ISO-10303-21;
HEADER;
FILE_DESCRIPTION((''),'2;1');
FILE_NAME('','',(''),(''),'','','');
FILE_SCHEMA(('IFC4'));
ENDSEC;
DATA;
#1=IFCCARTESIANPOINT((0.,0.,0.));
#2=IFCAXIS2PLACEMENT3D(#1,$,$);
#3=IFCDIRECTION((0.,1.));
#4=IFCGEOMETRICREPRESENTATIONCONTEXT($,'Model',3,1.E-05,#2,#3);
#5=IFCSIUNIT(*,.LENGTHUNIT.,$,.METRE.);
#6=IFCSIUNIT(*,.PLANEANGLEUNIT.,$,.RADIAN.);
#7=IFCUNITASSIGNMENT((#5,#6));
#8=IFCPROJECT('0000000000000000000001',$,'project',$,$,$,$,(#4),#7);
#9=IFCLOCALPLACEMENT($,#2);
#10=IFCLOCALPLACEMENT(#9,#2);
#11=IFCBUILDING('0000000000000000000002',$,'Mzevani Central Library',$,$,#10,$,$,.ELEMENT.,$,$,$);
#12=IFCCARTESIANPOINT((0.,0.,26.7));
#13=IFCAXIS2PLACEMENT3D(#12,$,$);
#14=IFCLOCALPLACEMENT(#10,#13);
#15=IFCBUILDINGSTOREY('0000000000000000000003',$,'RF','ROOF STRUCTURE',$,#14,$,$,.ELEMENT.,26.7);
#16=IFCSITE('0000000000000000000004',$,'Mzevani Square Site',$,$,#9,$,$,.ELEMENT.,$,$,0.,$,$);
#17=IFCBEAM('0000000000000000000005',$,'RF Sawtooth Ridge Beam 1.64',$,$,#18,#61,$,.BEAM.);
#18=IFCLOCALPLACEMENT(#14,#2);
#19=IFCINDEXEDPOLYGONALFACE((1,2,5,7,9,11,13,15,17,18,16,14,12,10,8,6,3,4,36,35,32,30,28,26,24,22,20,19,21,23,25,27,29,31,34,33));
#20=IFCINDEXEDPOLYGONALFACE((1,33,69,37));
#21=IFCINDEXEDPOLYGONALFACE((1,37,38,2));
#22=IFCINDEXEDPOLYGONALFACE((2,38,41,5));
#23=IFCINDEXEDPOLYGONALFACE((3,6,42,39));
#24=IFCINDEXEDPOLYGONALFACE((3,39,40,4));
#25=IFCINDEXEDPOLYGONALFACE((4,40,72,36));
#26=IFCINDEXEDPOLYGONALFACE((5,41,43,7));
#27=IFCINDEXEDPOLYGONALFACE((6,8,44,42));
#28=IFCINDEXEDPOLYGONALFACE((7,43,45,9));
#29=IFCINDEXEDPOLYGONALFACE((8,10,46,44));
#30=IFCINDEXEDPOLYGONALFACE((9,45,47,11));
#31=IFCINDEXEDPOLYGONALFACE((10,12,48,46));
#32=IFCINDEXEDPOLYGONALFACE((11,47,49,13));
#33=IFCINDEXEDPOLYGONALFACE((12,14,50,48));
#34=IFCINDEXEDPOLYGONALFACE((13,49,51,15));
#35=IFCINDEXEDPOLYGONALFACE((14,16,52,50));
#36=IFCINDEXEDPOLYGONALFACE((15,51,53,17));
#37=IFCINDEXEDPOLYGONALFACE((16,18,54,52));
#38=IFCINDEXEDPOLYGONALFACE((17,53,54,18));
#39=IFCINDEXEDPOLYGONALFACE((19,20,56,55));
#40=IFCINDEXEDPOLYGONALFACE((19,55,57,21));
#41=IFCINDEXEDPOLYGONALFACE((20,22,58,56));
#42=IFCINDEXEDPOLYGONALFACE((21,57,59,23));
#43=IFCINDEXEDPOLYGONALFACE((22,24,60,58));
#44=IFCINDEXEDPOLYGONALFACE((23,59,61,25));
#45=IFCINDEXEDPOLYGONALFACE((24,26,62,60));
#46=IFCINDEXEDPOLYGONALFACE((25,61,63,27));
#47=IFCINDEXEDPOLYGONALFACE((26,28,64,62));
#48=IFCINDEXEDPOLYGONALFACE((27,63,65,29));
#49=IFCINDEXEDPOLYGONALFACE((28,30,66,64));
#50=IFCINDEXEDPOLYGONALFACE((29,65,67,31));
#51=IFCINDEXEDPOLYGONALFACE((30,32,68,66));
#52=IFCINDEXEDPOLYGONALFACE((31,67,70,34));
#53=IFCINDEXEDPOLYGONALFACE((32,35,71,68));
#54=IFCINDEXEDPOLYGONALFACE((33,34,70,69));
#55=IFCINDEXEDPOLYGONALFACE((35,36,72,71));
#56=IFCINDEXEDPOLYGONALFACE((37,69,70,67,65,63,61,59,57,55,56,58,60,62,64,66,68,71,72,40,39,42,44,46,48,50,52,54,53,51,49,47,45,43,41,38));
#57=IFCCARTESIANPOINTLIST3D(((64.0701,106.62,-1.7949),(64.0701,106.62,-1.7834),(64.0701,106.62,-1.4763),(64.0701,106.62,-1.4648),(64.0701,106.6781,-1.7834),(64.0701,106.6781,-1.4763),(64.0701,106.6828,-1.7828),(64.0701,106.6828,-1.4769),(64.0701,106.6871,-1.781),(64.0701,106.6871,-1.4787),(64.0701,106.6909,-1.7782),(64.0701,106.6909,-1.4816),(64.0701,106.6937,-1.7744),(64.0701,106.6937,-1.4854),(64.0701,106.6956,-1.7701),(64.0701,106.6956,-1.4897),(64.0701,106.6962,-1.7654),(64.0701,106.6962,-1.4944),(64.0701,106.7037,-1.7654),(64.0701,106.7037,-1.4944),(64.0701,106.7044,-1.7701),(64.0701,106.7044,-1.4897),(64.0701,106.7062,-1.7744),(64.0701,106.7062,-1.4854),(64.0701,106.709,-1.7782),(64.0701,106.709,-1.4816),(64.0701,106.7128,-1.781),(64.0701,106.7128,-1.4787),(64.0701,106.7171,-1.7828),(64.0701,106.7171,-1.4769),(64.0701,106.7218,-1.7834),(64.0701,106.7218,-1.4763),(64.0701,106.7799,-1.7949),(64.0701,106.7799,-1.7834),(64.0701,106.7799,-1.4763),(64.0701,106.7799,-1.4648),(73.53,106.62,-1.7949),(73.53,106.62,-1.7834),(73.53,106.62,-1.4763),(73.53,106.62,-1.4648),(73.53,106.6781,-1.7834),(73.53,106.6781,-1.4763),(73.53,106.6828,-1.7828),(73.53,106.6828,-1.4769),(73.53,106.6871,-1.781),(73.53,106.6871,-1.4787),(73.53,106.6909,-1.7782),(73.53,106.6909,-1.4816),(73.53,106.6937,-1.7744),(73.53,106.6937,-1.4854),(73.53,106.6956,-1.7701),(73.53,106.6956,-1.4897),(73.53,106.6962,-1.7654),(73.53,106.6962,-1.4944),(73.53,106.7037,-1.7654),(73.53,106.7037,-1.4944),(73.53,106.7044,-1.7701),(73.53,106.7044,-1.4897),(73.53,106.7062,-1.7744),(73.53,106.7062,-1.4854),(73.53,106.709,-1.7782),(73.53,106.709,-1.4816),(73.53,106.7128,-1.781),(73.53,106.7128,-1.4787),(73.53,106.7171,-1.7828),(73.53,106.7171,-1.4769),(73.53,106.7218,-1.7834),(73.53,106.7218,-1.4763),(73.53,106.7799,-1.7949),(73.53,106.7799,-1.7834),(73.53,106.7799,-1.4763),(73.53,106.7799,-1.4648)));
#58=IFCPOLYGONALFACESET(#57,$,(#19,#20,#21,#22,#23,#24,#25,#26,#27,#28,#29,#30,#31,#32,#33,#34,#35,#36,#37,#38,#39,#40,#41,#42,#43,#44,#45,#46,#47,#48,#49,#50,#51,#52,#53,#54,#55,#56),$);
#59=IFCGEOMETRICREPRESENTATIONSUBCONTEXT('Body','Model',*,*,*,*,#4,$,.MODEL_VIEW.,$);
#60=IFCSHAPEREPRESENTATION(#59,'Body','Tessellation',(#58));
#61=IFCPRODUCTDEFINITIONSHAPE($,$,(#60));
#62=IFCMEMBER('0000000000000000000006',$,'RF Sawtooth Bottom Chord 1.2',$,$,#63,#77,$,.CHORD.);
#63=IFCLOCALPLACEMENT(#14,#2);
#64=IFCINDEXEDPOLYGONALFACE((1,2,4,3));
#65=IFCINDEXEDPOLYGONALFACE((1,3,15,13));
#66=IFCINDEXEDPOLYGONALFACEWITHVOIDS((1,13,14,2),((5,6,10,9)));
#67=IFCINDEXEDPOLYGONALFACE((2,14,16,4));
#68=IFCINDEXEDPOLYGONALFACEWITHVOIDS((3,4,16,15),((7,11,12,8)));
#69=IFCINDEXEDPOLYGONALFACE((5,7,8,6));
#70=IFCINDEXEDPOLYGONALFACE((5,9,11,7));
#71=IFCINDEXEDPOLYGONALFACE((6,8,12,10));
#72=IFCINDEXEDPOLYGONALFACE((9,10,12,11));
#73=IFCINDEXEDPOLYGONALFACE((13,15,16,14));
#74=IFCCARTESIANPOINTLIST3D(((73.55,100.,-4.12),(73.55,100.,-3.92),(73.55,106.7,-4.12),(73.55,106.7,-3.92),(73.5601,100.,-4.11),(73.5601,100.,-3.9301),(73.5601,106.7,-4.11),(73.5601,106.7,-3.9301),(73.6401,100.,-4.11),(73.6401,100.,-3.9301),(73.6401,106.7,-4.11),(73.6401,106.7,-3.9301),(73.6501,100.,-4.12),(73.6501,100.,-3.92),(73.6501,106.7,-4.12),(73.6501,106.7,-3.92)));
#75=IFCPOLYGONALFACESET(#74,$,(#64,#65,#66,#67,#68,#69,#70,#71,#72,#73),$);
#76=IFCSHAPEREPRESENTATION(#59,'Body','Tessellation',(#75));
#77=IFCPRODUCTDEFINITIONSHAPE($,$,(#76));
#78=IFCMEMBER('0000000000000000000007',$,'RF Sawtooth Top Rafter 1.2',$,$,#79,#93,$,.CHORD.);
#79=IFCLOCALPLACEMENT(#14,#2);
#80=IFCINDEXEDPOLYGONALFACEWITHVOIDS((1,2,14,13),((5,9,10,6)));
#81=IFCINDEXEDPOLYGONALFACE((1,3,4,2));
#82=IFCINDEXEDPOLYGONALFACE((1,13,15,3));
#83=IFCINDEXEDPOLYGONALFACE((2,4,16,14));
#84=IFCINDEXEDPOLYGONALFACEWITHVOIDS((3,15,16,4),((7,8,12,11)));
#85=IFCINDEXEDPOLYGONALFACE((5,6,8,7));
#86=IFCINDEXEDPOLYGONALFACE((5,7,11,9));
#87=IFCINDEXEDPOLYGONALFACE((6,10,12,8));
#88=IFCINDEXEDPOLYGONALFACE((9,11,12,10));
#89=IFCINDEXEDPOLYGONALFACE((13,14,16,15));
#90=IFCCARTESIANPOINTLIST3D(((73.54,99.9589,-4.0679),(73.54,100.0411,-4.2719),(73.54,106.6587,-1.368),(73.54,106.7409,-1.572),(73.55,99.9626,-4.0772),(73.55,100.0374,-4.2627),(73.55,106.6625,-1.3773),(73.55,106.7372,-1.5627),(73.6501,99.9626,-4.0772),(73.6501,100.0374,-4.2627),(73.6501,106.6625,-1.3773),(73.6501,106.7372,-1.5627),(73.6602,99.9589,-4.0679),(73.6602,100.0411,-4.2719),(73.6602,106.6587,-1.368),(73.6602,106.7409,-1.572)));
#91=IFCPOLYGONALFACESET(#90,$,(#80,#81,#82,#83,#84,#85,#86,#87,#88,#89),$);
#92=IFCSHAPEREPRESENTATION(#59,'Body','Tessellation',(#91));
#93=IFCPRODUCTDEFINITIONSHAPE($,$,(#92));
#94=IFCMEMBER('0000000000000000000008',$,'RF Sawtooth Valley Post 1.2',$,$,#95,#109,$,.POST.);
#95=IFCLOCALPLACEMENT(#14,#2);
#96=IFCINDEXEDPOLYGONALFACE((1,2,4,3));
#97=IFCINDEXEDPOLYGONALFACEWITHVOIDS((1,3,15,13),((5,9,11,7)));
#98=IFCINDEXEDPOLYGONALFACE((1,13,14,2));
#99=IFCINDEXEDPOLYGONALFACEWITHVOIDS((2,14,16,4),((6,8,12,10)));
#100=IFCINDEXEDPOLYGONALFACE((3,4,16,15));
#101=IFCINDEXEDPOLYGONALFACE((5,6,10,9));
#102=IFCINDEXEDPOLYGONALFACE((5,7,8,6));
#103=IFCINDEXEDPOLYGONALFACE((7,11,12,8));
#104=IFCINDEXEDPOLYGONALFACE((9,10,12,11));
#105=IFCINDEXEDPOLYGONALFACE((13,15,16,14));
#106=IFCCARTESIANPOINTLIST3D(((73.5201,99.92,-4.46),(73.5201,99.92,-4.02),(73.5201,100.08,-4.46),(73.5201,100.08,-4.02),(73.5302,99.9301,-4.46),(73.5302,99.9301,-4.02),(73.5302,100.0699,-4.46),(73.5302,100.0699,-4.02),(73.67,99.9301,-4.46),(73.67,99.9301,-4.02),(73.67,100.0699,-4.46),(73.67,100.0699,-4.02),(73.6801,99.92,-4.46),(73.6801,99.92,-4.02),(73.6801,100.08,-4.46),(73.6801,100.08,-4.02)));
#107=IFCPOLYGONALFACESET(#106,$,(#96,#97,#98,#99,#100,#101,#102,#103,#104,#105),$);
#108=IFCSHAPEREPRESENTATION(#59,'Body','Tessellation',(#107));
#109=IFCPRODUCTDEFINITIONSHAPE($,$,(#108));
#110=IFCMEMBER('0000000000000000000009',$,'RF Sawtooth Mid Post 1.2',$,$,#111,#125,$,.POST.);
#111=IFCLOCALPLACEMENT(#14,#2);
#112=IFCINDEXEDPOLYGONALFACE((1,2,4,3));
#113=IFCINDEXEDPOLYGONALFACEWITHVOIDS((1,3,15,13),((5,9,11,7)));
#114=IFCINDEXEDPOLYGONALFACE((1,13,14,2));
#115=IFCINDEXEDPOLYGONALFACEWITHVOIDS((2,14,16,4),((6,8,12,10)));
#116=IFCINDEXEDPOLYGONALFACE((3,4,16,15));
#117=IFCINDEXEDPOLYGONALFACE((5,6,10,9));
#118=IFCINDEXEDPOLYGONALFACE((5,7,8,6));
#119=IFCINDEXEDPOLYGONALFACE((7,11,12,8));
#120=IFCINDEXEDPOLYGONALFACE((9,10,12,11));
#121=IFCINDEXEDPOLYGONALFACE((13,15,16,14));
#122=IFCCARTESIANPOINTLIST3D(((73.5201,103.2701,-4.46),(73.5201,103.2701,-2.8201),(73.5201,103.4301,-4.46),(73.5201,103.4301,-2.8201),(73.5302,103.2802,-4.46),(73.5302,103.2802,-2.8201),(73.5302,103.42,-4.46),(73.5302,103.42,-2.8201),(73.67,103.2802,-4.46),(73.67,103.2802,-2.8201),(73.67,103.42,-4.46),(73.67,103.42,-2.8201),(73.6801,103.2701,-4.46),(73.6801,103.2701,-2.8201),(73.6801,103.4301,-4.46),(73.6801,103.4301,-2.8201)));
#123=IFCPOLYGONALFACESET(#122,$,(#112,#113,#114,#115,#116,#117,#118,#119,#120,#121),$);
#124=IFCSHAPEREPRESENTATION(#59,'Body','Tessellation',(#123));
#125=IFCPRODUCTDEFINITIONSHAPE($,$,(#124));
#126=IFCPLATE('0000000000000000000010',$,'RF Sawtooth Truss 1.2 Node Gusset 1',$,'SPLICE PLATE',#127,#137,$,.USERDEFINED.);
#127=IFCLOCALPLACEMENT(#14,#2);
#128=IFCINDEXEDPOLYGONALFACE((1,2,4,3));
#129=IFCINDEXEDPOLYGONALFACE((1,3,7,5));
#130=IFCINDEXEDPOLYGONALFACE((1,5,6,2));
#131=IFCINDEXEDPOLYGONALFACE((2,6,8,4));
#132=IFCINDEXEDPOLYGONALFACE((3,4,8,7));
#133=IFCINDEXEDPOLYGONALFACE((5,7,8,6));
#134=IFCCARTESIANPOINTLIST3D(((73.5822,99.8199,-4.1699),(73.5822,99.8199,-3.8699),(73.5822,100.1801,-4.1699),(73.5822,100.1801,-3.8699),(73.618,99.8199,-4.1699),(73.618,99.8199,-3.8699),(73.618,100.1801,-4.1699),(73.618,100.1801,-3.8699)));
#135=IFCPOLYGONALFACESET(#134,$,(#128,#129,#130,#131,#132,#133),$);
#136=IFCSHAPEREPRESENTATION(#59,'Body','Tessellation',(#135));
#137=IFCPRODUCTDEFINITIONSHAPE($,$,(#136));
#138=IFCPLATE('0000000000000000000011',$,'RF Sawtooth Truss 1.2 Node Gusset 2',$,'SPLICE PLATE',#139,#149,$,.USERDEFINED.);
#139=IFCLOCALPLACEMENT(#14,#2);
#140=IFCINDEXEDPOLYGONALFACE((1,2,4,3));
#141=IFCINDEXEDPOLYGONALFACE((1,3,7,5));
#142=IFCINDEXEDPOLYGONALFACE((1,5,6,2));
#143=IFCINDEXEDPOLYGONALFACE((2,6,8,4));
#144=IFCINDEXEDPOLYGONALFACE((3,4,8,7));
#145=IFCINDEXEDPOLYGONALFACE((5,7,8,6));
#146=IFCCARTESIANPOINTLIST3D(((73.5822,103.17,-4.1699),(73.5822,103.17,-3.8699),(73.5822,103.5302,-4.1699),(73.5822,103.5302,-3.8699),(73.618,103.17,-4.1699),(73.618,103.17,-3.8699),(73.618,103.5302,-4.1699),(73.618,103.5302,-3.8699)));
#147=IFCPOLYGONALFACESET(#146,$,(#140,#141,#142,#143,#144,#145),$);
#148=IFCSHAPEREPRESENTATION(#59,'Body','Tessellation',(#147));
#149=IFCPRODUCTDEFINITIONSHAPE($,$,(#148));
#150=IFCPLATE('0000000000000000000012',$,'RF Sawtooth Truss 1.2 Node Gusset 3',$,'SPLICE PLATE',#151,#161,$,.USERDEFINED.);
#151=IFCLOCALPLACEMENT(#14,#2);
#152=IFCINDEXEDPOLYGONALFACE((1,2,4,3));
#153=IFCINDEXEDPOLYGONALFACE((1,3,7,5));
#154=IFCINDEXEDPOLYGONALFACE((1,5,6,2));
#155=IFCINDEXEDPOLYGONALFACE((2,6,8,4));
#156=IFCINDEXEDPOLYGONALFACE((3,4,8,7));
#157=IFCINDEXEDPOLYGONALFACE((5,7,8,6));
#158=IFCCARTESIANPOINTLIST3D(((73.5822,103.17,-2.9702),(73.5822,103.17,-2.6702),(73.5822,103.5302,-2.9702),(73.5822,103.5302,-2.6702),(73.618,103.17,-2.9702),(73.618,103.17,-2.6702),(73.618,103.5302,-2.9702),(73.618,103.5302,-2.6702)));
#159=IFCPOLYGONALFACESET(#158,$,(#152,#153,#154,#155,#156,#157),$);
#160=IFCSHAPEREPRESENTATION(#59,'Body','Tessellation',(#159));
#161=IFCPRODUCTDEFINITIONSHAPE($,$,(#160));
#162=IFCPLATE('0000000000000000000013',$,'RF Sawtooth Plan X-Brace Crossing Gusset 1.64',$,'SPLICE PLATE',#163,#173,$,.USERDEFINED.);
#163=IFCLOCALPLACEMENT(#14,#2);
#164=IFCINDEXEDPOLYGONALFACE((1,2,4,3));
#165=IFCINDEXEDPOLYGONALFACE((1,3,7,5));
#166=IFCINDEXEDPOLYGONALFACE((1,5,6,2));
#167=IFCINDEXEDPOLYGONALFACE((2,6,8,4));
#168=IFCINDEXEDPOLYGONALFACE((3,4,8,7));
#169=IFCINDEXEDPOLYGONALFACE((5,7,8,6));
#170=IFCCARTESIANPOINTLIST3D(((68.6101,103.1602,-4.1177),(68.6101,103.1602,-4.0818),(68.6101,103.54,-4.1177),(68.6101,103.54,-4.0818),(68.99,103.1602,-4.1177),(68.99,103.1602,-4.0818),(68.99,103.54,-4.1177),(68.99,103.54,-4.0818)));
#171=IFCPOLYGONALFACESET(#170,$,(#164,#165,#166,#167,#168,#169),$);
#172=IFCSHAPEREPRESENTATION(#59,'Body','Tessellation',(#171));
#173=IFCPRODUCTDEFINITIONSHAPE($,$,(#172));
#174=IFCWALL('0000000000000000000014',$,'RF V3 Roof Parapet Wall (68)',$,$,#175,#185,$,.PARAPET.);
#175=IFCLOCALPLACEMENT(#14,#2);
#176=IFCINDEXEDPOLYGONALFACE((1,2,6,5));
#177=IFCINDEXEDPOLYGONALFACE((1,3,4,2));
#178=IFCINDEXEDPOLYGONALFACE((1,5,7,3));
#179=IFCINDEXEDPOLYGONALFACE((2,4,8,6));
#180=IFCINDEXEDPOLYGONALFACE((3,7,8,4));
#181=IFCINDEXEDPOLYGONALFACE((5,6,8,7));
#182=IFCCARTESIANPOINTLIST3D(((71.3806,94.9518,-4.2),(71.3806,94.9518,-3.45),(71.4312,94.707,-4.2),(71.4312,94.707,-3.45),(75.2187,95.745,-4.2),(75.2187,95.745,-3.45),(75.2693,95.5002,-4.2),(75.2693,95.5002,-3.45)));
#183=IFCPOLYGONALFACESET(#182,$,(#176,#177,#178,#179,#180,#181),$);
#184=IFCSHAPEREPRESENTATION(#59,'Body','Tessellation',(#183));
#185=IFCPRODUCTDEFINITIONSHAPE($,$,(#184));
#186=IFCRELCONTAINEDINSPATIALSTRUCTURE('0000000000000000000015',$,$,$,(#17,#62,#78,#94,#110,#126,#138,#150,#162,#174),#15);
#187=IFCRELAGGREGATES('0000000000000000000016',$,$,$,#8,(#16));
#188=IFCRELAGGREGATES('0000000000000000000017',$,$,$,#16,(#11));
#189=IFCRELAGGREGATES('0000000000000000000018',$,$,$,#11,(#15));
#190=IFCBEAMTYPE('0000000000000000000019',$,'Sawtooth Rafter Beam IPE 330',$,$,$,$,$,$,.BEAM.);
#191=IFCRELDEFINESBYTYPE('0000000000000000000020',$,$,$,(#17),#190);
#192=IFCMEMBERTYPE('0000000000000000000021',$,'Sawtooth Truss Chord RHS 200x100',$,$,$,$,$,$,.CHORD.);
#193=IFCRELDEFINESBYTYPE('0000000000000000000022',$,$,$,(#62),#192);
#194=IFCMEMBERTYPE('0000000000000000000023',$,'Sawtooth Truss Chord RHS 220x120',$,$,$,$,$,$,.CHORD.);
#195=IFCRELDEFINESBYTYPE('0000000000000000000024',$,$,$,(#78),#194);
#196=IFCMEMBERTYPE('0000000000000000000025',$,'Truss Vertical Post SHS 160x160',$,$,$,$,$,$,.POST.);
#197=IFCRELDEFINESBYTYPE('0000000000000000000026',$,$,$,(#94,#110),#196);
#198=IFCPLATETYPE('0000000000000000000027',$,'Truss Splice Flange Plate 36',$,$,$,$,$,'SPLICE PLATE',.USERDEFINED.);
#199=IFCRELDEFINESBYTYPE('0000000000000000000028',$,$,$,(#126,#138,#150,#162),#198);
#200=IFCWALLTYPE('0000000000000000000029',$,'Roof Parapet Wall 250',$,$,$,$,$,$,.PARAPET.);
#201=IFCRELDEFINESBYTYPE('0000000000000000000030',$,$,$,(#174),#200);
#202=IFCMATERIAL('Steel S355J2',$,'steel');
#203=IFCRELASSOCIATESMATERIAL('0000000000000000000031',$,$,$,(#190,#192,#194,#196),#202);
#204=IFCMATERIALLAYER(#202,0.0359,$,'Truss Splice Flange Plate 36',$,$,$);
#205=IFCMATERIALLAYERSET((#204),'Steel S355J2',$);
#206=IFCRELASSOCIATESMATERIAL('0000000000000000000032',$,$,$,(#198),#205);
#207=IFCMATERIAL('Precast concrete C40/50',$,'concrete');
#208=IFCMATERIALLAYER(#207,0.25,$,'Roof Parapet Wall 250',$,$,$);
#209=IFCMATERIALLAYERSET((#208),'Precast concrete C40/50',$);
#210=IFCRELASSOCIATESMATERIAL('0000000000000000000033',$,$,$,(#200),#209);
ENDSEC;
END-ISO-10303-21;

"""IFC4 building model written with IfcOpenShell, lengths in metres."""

from ifc_helpers import new_model, si_unit, direction, frame, frame_2d, origin, origin_2d, place, context, subcontext, project, spatial, rectangle, hollow_rectangle, i_section, extrude, material, layer, layer_set, material_profile, profile_set, type_object, element, save


model = new_model("IFC4")

# Units and contexts
model_context = context("Model", 3, precision=1e-05, world=origin(), true_north=direction((0.0, 1.0)))
body_context = subcontext(model_context, "Body", "Model", "MODEL_VIEW")
ifc_project = project(units=[si_unit("LENGTHUNIT", "METRE"), si_unit("PLANEANGLEUNIT", "RADIAN")], contexts=[model_context])

# Site, building, storey
site_placement = place(None, origin())
site = spatial("IfcSite", under=ifc_project, at=site_placement, Name="Mzevani Square Site", CompositionType="ELEMENT", RefElevation=0.0)
building_placement = place(site_placement, origin())
building = spatial("IfcBuilding", under=site, at=building_placement, Name="Mzevani Central Library", CompositionType="ELEMENT")
storey_placement = place(building_placement, frame((0.0, 0.0, 26.7)))
storey = spatial("IfcBuildingStorey", under=building, at=storey_placement, Name="RF", Description="ROOF STRUCTURE", CompositionType="ELEMENT", Elevation=26.7)

# Shared definitions
ifc_material_1 = material(Name="Steel S355J2", Category="steel")

# Beam
ifc_material_profile_1 = material_profile(ifc_material_1, i_section(OverallWidth=0.1599, OverallDepth=0.3301, WebThickness=0.0076, FlangeThickness=0.0115, FilletRadius=0.0181, at=origin_2d()), Name="IPE 330")
ifc_profile_set_1 = profile_set([ifc_material_profile_1], Name="Steel S355J2")
beam_type_1 = type_object("IfcBeamType", Name="Sawtooth Rafter Beam IPE 330", PredefinedType="BEAM", material=ifc_profile_set_1)
beam_1_placement = place(storey_placement, frame((64.0701, 106.7, -1.6299), z_axis=(1.0, 0.0, 0.0), x_axis=(0.0, 1.0, 0.0)))
element("IfcBeam", 1, at=beam_1_placement, inside=storey, type_object=beam_type_1, Name="RF Sawtooth Ridge Beam 1.64", PredefinedType="BEAM", context=body_context, shape_type="SweptSolid", body=[
    extrude(i_section(OverallWidth=0.1599, OverallDepth=0.3301, WebThickness=0.0076, FlangeThickness=0.0115, FilletRadius=0.0181, at=origin_2d()), origin(), (0.0, 0.0, 1.0), 9.46),
])

# Members
ifc_material_profile_2 = material_profile(ifc_material_1, hollow_rectangle(XDim=0.1001, YDim=0.2, WallThickness=0.01, at=origin_2d()), Name="RHS 200x100x10.0")
ifc_profile_set_2 = profile_set([ifc_material_profile_2], Name="Steel S355J2")
member_type_1 = type_object("IfcMemberType", Name="Sawtooth Truss Chord RHS 200x100", PredefinedType="CHORD", material=ifc_profile_set_2)
member_1_placement = place(storey_placement, frame((73.6001, 100.0, -4.02), z_axis=(0.0, 1.0, 0.0), x_axis=(-1.0, 0.0, 0.0)))
element("IfcMember", 2, at=member_1_placement, inside=storey, type_object=member_type_1, Name="RF Sawtooth Bottom Chord 1.2", PredefinedType="CHORD", context=body_context, shape_type="SweptSolid", body=[
    extrude(hollow_rectangle(XDim=0.1001, YDim=0.2, WallThickness=0.01, at=origin_2d()), origin(), (0.0, 0.0, 1.0), 6.7),
])
ifc_material_profile_3 = material_profile(ifc_material_1, hollow_rectangle(XDim=0.1201, YDim=0.22, WallThickness=0.01, at=origin_2d()), Name="RHS 220x120x10.0")
ifc_profile_set_3 = profile_set([ifc_material_profile_3], Name="Steel S355J2")
member_type_2 = type_object("IfcMemberType", Name="Sawtooth Truss Chord RHS 220x120", PredefinedType="CHORD", material=ifc_profile_set_3)
member_2_placement = place(storey_placement, frame((73.6001, 100.0, -4.1699), z_axis=(0.0, 0.92752, 0.373773), x_axis=(-1.0, 0.0, 0.0)))
element("IfcMember", 3, at=member_2_placement, inside=storey, type_object=member_type_2, Name="RF Sawtooth Top Rafter 1.2", PredefinedType="CHORD", context=body_context, shape_type="SweptSolid", body=[
    extrude(hollow_rectangle(XDim=0.1201, YDim=0.22, WallThickness=0.01, at=origin_2d()), origin(), (0.0, 0.0, 1.0), 7.2234),
])
ifc_material_profile_4 = material_profile(ifc_material_1, hollow_rectangle(XDim=0.1599, YDim=0.1599, WallThickness=0.01, at=origin_2d()), Name="SHS 160x160x10.0")
ifc_profile_set_4 = profile_set([ifc_material_profile_4], Name="Steel S355J2")
member_type_3 = type_object("IfcMemberType", Name="Truss Vertical Post SHS 160x160", PredefinedType="POST", material=ifc_profile_set_4)
member_3_placement = place(storey_placement, frame((73.6001, 100.0, -4.46), z_axis=(0.0, 0.0, 1.0), x_axis=(1.0, 0.0, 0.0)))
element("IfcMember", 4, at=member_3_placement, inside=storey, type_object=member_type_3, Name="RF Sawtooth Valley Post 1.2", PredefinedType="POST", context=body_context, shape_type="SweptSolid", body=[
    extrude(hollow_rectangle(XDim=0.1599, YDim=0.1599, WallThickness=0.01, at=origin_2d()), origin(), (0.0, 0.0, 1.0), 0.4399),
])
member_4_placement = place(storey_placement, frame((73.6001, 103.3501, -4.46), z_axis=(0.0, 0.0, 1.0), x_axis=(1.0, 0.0, 0.0)))
element("IfcMember", 5, at=member_4_placement, inside=storey, type_object=member_type_3, Name="RF Sawtooth Mid Post 1.2", PredefinedType="POST", context=body_context, shape_type="SweptSolid", body=[
    extrude(hollow_rectangle(XDim=0.1599, YDim=0.1599, WallThickness=0.01, at=origin_2d()), origin(), (0.0, 0.0, 1.0), 1.6399),
])

# Plates
ifc_layer_1 = layer(ifc_material_1, 0.0359, Name="Truss Splice Flange Plate 36")
ifc_layer_set_1 = layer_set([ifc_layer_1], Name="Steel S355J2")
plate_type = type_object("IfcPlateType", Name="Truss Splice Flange Plate 36", ElementType="SPLICE PLATE", PredefinedType="USERDEFINED", material=ifc_layer_set_1)
for number, where, z_axis, x_axis, name in (
    (6, (73.6001, 100.0, -4.1699), (0.0, 0.0, 1.0), (1.0, 0.0, 0.0), "RF Sawtooth Truss 1.2 Node Gusset 1"),
    (7, (73.6001, 103.3501, -4.1699), (0.0, 0.0, 1.0), (1.0, 0.0, 0.0), "RF Sawtooth Truss 1.2 Node Gusset 2"),
    (8, (73.6001, 103.3501, -2.9702), (0.0, 0.0, 1.0), (1.0, 0.0, 0.0), "RF Sawtooth Truss 1.2 Node Gusset 3"),
):
    element("IfcPlate", number, at=place(storey_placement, frame(where, z_axis=z_axis, x_axis=x_axis)), inside=storey, type_object=plate_type, Name=name, ObjectType="SPLICE PLATE", PredefinedType="USERDEFINED", context=body_context, shape_type="SweptSolid", body=[
        extrude(rectangle(XDim=0.0359, YDim=0.3601, at=origin_2d()), origin(), (0.0, 0.0, 1.0), 0.3),
    ])
plate_placement = place(storey_placement, frame((68.8, 103.3501, -4.1177), z_axis=(0.0, 0.0, 1.0), x_axis=(1.0, 0.0, 0.0)))
element("IfcPlate", 9, at=plate_placement, inside=storey, type_object=plate_type, Name="RF Sawtooth Plan X-Brace Crossing Gusset 1.64", ObjectType="SPLICE PLATE", PredefinedType="USERDEFINED", context=body_context, shape_type="SweptSolid", body=[
    extrude(rectangle(XDim=0.3799, YDim=0.3799, at=origin_2d()), origin(), (0.0, 0.0, 1.0), 0.0359),
])

# Wall
ifc_material_2 = material(Name="Precast concrete C40/50", Category="concrete")
ifc_layer_2 = layer(ifc_material_2, 0.25, Name="Roof Parapet Wall 250")
ifc_layer_set_2 = layer_set([ifc_layer_2], Name="Precast concrete C40/50")
wall_type = type_object("IfcWallType", Name="Roof Parapet Wall 250", PredefinedType="PARAPET", material=ifc_layer_set_2)
wall_1_placement = place(storey_placement, frame((75.2439, 95.6226, -4.2), z_axis=(0.0, 0.0, 1.0), x_axis=(-0.979305, -0.202389, 0.0)))
element("IfcWall", 10, at=wall_1_placement, inside=storey, type_object=wall_type, Name="RF V3 Roof Parapet Wall (68)", PredefinedType="PARAPET", context=body_context, shape_type="SweptSolid", body=[
    extrude(rectangle(XDim=3.9192, YDim=0.25, at=frame_2d((1.9595, 0.0))), origin(), (0.0, 0.0, 1.0), 0.75),
])

save(model, "model.ifc")
